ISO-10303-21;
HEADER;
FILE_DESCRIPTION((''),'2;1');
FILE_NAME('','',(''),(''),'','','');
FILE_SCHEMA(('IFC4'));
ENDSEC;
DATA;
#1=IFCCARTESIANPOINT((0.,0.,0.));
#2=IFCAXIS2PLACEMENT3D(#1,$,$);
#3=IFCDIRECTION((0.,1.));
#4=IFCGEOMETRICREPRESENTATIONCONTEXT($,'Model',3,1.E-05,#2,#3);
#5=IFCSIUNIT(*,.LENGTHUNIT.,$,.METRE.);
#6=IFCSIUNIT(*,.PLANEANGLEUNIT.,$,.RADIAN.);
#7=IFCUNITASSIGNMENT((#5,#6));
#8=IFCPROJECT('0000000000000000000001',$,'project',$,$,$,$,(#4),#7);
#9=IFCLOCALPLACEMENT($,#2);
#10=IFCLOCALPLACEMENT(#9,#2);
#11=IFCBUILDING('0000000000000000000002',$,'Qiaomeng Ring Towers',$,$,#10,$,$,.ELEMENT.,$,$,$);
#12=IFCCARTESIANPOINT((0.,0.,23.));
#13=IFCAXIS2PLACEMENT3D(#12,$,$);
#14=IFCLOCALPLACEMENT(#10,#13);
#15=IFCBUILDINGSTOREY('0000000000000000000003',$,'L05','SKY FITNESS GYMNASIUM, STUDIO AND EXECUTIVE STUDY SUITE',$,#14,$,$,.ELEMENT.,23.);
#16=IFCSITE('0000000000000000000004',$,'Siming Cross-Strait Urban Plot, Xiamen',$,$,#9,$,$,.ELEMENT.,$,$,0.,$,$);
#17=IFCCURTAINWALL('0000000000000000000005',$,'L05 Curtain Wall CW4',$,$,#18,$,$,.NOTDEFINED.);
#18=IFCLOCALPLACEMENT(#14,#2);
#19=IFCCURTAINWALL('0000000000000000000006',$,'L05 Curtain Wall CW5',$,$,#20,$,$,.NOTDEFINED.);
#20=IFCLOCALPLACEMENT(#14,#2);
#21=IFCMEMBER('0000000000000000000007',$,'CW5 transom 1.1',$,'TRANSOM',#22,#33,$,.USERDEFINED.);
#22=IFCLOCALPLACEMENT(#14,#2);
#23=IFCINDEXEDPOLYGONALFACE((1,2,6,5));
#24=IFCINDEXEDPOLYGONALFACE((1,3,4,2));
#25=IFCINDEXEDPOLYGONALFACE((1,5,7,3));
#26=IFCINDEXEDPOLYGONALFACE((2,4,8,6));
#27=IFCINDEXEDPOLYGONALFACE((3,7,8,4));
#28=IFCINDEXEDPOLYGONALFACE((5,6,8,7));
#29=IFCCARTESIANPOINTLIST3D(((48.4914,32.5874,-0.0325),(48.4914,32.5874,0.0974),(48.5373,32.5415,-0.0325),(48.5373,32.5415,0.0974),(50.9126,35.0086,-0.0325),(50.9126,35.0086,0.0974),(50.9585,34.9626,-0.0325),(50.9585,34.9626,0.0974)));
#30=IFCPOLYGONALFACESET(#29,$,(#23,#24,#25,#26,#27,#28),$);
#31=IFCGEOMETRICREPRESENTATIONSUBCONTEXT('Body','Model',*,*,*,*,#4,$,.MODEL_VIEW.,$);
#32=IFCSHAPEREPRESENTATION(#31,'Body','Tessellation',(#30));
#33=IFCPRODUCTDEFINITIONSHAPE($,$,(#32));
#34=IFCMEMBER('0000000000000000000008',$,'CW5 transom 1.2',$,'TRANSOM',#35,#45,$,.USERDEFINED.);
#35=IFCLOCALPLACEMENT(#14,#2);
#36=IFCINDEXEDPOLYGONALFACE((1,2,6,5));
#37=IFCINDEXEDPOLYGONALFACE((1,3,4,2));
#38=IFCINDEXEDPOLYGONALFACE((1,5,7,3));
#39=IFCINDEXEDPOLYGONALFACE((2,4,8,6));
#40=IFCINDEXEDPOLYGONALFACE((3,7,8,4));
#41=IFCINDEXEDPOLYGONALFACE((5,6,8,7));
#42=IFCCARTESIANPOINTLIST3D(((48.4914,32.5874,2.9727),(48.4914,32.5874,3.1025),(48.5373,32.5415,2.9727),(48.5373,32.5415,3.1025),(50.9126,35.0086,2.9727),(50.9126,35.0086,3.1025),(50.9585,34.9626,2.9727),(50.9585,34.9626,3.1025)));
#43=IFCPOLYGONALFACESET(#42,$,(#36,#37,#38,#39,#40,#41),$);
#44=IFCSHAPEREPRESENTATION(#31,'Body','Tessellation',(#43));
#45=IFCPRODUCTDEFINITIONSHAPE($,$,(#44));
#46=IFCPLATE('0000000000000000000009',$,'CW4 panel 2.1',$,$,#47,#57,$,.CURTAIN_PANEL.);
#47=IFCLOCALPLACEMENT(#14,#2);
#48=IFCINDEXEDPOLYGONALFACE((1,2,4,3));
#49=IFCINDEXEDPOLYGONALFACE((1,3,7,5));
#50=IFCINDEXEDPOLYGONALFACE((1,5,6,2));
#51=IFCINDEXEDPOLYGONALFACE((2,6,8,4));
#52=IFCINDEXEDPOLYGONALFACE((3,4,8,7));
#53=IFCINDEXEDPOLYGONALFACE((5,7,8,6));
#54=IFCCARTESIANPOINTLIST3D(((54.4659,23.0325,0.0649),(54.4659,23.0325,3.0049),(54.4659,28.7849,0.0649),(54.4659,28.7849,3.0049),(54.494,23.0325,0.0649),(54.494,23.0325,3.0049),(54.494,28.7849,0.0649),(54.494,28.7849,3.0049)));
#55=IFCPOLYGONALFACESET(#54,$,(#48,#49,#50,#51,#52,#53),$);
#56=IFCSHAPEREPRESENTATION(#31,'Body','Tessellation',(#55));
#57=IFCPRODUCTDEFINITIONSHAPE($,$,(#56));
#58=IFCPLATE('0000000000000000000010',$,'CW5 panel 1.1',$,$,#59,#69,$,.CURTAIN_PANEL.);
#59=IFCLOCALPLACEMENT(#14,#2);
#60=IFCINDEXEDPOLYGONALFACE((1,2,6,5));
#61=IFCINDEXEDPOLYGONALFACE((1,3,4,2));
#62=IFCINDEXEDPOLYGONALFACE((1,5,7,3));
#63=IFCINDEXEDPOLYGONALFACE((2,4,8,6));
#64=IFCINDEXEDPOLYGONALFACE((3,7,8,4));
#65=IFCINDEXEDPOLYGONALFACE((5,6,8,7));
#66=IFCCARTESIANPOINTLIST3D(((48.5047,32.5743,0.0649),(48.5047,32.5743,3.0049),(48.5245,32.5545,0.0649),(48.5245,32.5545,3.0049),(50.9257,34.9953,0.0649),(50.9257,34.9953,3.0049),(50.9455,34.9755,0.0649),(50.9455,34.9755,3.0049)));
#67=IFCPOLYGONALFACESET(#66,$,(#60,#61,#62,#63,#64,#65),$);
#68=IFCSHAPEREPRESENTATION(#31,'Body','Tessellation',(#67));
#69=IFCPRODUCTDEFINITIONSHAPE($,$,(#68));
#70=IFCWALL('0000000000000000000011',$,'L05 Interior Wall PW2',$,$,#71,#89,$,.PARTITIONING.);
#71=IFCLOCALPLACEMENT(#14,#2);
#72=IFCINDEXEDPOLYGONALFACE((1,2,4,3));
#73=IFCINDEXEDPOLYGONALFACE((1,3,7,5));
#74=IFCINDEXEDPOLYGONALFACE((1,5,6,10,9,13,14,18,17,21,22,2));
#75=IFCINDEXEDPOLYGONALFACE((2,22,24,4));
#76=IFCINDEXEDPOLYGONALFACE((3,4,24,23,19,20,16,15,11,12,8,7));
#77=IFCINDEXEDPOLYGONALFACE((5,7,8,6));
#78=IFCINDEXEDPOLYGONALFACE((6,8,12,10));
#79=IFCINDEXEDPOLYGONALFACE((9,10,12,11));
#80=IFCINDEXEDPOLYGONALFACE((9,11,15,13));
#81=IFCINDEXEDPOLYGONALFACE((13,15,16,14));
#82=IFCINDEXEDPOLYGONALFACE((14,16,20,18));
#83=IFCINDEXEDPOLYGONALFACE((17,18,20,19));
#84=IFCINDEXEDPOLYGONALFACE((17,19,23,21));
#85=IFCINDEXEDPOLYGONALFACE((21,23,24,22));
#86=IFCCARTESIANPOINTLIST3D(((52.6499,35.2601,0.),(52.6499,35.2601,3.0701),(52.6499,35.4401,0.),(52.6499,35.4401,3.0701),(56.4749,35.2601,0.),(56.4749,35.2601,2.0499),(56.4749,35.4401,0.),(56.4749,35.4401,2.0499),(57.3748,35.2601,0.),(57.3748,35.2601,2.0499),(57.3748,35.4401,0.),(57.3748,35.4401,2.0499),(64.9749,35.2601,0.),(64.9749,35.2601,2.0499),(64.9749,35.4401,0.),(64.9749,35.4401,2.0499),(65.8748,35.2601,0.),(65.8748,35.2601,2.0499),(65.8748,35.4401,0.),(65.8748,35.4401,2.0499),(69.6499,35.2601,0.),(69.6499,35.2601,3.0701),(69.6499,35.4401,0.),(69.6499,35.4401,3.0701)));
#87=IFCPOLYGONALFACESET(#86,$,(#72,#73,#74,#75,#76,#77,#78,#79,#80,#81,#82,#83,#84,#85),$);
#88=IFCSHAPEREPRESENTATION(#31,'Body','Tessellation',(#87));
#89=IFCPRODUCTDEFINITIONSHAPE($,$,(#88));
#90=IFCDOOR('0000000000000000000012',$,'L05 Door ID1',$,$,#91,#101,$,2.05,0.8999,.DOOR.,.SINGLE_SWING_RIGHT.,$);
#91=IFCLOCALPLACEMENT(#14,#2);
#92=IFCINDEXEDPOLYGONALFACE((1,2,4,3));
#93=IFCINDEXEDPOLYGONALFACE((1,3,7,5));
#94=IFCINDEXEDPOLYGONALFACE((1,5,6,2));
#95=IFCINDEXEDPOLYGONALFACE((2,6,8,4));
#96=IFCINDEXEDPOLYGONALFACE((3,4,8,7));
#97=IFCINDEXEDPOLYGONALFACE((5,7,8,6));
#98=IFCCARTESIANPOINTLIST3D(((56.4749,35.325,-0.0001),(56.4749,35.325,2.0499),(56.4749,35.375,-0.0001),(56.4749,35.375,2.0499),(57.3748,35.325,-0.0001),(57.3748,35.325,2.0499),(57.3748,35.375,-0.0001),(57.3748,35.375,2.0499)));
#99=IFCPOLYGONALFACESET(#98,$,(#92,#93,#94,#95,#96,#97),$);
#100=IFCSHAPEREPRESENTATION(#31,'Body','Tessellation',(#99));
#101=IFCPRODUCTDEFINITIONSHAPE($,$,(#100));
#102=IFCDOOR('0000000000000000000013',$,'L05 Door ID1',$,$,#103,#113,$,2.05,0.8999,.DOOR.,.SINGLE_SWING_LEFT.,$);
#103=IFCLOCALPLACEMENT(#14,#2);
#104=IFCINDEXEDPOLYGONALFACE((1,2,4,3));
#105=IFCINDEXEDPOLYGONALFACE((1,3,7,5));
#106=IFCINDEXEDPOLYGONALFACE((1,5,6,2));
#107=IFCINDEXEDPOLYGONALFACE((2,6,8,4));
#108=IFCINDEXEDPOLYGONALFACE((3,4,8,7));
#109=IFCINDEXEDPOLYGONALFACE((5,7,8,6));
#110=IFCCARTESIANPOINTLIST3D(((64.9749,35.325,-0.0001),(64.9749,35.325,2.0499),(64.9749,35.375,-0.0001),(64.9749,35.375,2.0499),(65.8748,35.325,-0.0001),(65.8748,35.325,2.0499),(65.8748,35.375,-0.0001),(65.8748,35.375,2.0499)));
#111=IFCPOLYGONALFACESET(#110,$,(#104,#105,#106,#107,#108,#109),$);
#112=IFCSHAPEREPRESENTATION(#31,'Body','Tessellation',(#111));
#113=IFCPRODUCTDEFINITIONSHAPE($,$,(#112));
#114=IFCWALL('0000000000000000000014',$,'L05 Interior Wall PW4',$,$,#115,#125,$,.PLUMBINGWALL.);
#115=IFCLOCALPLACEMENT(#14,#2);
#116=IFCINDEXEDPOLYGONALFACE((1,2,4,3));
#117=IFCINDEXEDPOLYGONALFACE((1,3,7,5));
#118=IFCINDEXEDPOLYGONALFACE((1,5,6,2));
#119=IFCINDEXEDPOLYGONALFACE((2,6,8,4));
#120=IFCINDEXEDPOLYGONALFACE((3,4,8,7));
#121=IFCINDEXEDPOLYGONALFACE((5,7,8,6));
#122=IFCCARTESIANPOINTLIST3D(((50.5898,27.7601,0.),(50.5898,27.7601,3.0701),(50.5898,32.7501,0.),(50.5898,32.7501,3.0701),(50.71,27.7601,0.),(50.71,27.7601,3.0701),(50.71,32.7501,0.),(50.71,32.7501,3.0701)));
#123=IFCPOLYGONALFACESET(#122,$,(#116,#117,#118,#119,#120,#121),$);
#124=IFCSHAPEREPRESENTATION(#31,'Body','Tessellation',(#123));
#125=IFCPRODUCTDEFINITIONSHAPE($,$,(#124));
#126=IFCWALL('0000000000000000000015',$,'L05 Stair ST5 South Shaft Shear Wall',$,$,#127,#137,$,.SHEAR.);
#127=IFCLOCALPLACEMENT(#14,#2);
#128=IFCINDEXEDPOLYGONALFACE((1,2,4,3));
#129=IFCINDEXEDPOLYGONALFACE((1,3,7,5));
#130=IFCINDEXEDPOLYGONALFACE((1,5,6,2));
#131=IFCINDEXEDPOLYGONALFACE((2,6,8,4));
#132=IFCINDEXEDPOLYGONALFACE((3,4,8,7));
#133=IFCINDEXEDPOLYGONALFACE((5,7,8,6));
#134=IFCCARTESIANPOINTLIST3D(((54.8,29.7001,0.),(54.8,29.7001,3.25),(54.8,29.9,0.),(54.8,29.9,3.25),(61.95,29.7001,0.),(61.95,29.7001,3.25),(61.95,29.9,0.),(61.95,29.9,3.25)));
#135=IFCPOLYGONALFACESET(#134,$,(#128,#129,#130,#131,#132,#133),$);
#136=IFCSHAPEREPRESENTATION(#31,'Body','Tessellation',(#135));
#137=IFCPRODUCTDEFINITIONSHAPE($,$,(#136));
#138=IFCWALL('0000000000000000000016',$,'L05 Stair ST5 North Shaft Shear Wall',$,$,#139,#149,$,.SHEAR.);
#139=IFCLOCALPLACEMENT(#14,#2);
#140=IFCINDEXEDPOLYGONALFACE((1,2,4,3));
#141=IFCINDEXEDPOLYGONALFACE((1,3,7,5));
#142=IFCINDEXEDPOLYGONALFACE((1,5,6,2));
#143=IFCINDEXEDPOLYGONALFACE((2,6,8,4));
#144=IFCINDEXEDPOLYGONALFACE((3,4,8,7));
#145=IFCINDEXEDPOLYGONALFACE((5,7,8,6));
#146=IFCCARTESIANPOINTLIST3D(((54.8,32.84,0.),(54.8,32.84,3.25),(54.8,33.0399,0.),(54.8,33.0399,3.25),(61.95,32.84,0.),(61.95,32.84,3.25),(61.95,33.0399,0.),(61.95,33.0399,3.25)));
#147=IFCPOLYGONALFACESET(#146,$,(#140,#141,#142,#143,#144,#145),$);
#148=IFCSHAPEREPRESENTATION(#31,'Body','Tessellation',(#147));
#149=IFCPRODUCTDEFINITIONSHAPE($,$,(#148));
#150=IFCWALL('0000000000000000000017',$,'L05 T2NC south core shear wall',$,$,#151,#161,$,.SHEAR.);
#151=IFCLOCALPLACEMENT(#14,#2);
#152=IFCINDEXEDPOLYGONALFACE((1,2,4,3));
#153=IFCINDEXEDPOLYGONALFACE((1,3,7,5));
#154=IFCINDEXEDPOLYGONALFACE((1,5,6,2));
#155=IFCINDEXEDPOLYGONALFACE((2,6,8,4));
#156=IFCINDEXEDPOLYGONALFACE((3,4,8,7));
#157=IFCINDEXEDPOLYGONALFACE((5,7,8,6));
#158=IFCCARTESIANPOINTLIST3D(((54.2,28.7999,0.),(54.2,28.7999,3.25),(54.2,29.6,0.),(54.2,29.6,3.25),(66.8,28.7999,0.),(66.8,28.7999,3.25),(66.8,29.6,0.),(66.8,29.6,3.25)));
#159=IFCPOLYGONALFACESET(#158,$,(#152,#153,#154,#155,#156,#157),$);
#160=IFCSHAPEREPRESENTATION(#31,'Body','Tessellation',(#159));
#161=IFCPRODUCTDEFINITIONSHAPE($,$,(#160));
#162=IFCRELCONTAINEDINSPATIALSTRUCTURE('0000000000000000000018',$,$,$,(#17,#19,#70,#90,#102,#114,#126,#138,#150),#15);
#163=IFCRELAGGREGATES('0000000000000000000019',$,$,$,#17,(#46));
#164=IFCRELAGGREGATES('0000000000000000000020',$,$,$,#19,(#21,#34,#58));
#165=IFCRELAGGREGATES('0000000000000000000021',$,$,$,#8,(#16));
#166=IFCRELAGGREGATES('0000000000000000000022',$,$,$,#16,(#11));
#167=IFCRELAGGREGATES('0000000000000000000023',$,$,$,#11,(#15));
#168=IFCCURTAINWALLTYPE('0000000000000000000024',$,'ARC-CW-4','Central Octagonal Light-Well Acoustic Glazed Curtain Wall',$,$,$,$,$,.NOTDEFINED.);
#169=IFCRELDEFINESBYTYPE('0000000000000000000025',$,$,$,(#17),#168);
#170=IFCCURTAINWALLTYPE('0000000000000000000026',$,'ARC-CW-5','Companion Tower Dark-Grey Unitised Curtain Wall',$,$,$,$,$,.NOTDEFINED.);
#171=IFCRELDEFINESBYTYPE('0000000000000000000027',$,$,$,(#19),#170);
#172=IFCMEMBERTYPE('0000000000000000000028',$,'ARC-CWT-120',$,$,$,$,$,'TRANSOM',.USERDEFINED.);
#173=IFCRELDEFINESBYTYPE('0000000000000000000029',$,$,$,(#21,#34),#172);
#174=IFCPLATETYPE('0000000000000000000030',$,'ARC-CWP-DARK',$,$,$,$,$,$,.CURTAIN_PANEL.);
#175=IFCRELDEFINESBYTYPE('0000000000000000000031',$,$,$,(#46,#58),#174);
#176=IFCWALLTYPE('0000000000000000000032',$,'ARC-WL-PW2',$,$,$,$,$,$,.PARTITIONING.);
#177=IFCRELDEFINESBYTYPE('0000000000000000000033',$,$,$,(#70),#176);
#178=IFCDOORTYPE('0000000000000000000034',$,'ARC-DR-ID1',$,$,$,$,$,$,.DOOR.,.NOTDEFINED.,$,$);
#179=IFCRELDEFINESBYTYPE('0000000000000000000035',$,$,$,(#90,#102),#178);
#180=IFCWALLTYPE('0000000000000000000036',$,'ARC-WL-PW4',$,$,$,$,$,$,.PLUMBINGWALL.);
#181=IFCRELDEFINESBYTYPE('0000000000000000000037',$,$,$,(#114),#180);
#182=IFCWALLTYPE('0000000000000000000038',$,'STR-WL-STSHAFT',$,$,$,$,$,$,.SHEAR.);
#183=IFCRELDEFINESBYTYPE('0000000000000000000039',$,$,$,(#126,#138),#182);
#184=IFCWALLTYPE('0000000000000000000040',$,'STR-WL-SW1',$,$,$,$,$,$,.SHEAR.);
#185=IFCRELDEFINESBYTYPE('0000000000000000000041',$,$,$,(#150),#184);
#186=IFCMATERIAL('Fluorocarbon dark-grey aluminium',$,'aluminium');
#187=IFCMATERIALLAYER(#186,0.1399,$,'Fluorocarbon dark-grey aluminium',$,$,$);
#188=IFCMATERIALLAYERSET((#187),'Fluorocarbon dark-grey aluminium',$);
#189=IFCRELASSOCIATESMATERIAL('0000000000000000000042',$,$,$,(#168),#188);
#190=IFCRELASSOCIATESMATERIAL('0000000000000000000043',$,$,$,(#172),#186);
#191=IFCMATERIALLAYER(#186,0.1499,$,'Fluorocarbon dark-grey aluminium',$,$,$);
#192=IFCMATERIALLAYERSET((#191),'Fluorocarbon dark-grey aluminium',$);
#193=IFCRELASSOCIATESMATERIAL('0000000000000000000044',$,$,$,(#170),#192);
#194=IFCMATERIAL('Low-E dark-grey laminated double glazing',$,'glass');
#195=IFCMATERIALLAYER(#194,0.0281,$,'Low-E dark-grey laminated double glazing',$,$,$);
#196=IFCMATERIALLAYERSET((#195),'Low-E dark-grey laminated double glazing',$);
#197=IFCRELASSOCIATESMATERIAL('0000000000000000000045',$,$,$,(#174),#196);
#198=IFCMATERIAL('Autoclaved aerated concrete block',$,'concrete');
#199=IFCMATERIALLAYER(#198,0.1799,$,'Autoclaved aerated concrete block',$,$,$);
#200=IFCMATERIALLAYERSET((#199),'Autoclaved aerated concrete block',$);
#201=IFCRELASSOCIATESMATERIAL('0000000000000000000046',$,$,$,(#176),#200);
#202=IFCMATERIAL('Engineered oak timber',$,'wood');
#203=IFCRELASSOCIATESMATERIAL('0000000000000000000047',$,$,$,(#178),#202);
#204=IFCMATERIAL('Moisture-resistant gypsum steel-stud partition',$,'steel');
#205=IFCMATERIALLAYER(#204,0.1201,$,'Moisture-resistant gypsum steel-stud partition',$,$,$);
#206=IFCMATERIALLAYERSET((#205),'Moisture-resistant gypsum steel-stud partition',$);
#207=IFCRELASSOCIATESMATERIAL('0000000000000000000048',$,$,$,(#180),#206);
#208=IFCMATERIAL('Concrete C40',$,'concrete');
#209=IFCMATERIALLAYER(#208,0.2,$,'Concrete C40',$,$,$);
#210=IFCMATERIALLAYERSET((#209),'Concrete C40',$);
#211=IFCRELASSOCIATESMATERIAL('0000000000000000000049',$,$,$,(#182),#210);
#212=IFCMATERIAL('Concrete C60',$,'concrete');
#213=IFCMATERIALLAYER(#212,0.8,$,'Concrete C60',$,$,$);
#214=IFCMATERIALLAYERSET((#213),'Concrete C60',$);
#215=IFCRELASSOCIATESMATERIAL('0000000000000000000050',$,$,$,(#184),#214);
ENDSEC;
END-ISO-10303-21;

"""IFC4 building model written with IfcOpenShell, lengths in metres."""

from ifc_helpers import new_model, si_unit, direction, frame, frame_2d, origin, origin_2d, place, context, subcontext, project, spatial, rectangle, extrude, source, transform, mapped, material, layer, layer_set, material_profile, profile_set, type_object, element, fill, aggregate, save


model = new_model("IFC4")

# Units and contexts
model_context = context("Model", 3, precision=1e-05, world=origin(), true_north=direction((0.0, 1.0)))
body_context = subcontext(model_context, "Body", "Model", "MODEL_VIEW")
ifc_project = project(units=[si_unit("LENGTHUNIT", "METRE"), si_unit("PLANEANGLEUNIT", "RADIAN")], contexts=[model_context])

# Site, building, storey
site_placement = place(None, origin())
site = spatial("IfcSite", under=ifc_project, at=site_placement, Name="Siming Cross-Strait Urban Plot, Xiamen", CompositionType="ELEMENT", RefElevation=0.0)
building_placement = place(site_placement, origin())
building = spatial("IfcBuilding", under=site, at=building_placement, Name="Qiaomeng Ring Towers", CompositionType="ELEMENT")
storey_placement = place(building_placement, frame((0.0, 0.0, 23.0)))
storey = spatial("IfcBuildingStorey", under=building, at=storey_placement, Name="L05", Description="SKY FITNESS GYMNASIUM, STUDIO AND EXECUTIVE STUDY SUITE", CompositionType="ELEMENT", Elevation=23.0)

# Shared definitions
ifc_material_1 = material(Name="Concrete C60", Category="concrete")

# Curtain wall
ifc_material_2 = material(Name="Fluorocarbon dark-grey aluminium", Category="aluminium")
ifc_layer_1 = layer(ifc_material_2, 0.1399, Name="Fluorocarbon dark-grey aluminium")
ifc_layer_set_1 = layer_set([ifc_layer_1], Name="Fluorocarbon dark-grey aluminium")
curtain_wall_type_1 = type_object("IfcCurtainWallType", Name="ARC-CW-4", Description="Central Octagonal Light-Well Acoustic Glazed Curtain Wall", PredefinedType="NOTDEFINED", material=ifc_layer_set_1)
curtain_wall_1_placement = place(storey_placement, origin())
curtain_wall_1 = element("IfcCurtainWall", 1, at=curtain_wall_1_placement, inside=storey, type_object=curtain_wall_type_1, Name="L05 Curtain Wall CW4", PredefinedType="NOTDEFINED")
ifc_material_profile_1 = material_profile(ifc_material_2, rectangle(XDim=0.0649, YDim=0.1299, at=origin_2d()), Name="ALU TRAN 65x130")
ifc_profile_set_1 = profile_set([ifc_material_profile_1], Name="Fluorocarbon dark-grey aluminium")
member_type_1 = type_object("IfcMemberType", Name="ARC-CWT-120", ElementType="TRANSOM", PredefinedType="USERDEFINED", material=ifc_profile_set_1)

# Shared definitions
ifc_layer_2 = layer(ifc_material_2, 0.1499, Name="Fluorocarbon dark-grey aluminium")
ifc_layer_set_2 = layer_set([ifc_layer_2], Name="Fluorocarbon dark-grey aluminium")
curtain_wall_type_2 = type_object("IfcCurtainWallType", Name="ARC-CW-5", Description="Companion Tower Dark-Grey Unitised Curtain Wall", PredefinedType="NOTDEFINED", material=ifc_layer_set_2)

# Curtain wall
curtain_wall_2_placement = place(storey_placement, origin())
curtain_wall_2 = element("IfcCurtainWall", 2, at=curtain_wall_2_placement, inside=storey, type_object=curtain_wall_type_2, Name="L05 Curtain Wall CW5", PredefinedType="NOTDEFINED")

# Members
shared_shape_1 = source(origin(), body_context, "Body", "SweptSolid", [
    extrude(rectangle(XDim=0.0649, YDim=0.1299, at=origin_2d()), origin(), (0.0, 0.0, 1.0), 3.4241),
])
member_1_placement = place(storey_placement, frame((50.9355, 34.9856, 0.0325), z_axis=(-0.707107, -0.707107, 0.0), x_axis=(0.707107, -0.707107, 0.0)))
member_1 = element("IfcMember", 3, at=member_1_placement, type_object=member_type_1, Name="CW5 transom 1.1", ObjectType="TRANSOM", PredefinedType="USERDEFINED", context=body_context, shape_type="MappedRepresentation", body=[
    mapped(shared_shape_1, transform((0.0, 0.0, 0.0), x_axis=(1.0, 0.0, 0.0), y_axis=(0.0, 1.0, 0.0), z_axis=(0.0, 0.0, 1.0), scale=1.0)),
])
member_2_placement = place(storey_placement, frame((50.9355, 34.9856, 3.0376), z_axis=(-0.707107, -0.707107, 0.0), x_axis=(0.707107, -0.707107, 0.0)))
member_2 = element("IfcMember", 4, at=member_2_placement, type_object=member_type_1, Name="CW5 transom 1.2", ObjectType="TRANSOM", PredefinedType="USERDEFINED", context=body_context, shape_type="MappedRepresentation", body=[
    mapped(shared_shape_1, transform((0.0, 0.0, 0.0), x_axis=(1.0, 0.0, 0.0), y_axis=(0.0, 1.0, 0.0), z_axis=(0.0, 0.0, 1.0), scale=1.0)),
])

# Plates
ifc_material_3 = material(Name="Low-E dark-grey laminated double glazing", Category="glass")
ifc_layer_3 = layer(ifc_material_3, 0.0281, Name="Low-E dark-grey laminated double glazing")
ifc_layer_set_3 = layer_set([ifc_layer_3], Name="Low-E dark-grey laminated double glazing")
plate_type = type_object("IfcPlateType", Name="ARC-CWP-DARK", PredefinedType="CURTAIN_PANEL", material=ifc_layer_set_3)
shared_shape_2 = source(origin(), body_context, "Body", "SweptSolid", [
    extrude(rectangle(XDim=5.7524, YDim=0.0281, at=origin_2d()), origin(), (0.0, 0.0, 1.0), 2.9399),
])
plate_1_placement = place(storey_placement, frame((54.48, 25.9087, 0.0649), z_axis=(0.0, 0.0, 1.0), x_axis=(0.0, 1.0, 0.0)))
plate_1 = element("IfcPlate", 5, at=plate_1_placement, type_object=plate_type, Name="CW4 panel 2.1", PredefinedType="CURTAIN_PANEL", context=body_context, shape_type="MappedRepresentation", body=[
    mapped(shared_shape_2, transform((0.0, 0.0, 0.0), x_axis=(1.0, 0.0, 0.0), y_axis=(0.0, 1.0, 0.0), z_axis=(0.0, 0.0, 1.0), scale=1.0)),
])
aggregate(curtain_wall_1, [plate_1])
shared_shape_3 = source(origin(), body_context, "Body", "SweptSolid", [
    extrude(rectangle(XDim=3.4238, YDim=0.0281, at=origin_2d()), origin(), (0.0, 0.0, 1.0), 2.9399),
])
plate_2_placement = place(storey_placement, frame((49.7251, 33.7749, 0.0649), z_axis=(0.0, 0.0, 1.0), x_axis=(-0.707107, -0.707107, 0.0)))
plate_2 = element("IfcPlate", 6, at=plate_2_placement, type_object=plate_type, Name="CW5 panel 1.1", PredefinedType="CURTAIN_PANEL", context=body_context, shape_type="MappedRepresentation", body=[
    mapped(shared_shape_3, transform((0.0, 0.0, 0.0), x_axis=(1.0, 0.0, 0.0), y_axis=(0.0, 1.0, 0.0), z_axis=(0.0, 0.0, 1.0), scale=1.0)),
])
aggregate(curtain_wall_2, [member_1, member_2, plate_2])

# Wall, openings, doors
ifc_material_4 = material(Name="Autoclaved aerated concrete block", Category="concrete")
ifc_layer_4 = layer(ifc_material_4, 0.1799, Name="Autoclaved aerated concrete block")
ifc_layer_set_4 = layer_set([ifc_layer_4], Name="Autoclaved aerated concrete block")
wall_type_1 = type_object("IfcWallType", Name="ARC-WL-PW2", PredefinedType="PARTITIONING", material=ifc_layer_set_4)
wall_1_placement = place(storey_placement, frame((52.6499, 35.3501, 0.0), z_axis=(0.0, 0.0, 1.0), x_axis=(1.0, 0.0, 0.0)))
wall_1 = element("IfcWall", 7, at=wall_1_placement, inside=storey, type_object=wall_type_1, Name="L05 Interior Wall PW2", PredefinedType="PARTITIONING", context=body_context, shape_type="SweptSolid", body=[
    extrude(rectangle(XDim=17.0, YDim=0.1799, at=frame_2d((8.5, 0.0))), origin(), (0.0, 0.0, 1.0), 3.0701),
])
opening_1_placement = place(wall_1_placement, frame((3.825, 0.0, 0.0)))
opening_1 = element("IfcOpeningElement", 8, at=opening_1_placement, cuts=wall_1, PredefinedType="OPENING", context=body_context, shape_type="SweptSolid", body=[
    extrude(rectangle(XDim=0.8999, YDim=2.05, at=frame_2d((0.45, 1.0249))), frame((0.0, 0.0999, 0.0), z_axis=(0.0, -1.0, 0.0), x_axis=(1.0, 0.0, 0.0)), (0.0, 0.0, 1.0), 0.2),
])
opening_2_placement = place(wall_1_placement, frame((12.325, 0.0, 0.0)))
opening_2 = element("IfcOpeningElement", 9, at=opening_2_placement, cuts=wall_1, PredefinedType="OPENING", context=body_context, shape_type="SweptSolid", body=[
    extrude(rectangle(XDim=0.8999, YDim=2.05, at=frame_2d((0.45, 1.0249))), frame((0.0, 0.0999, 0.0), z_axis=(0.0, -1.0, 0.0), x_axis=(1.0, 0.0, 0.0)), (0.0, 0.0, 1.0), 0.2),
])
ifc_material_5 = material(Name="Engineered oak timber", Category="wood")
door_type_1 = type_object("IfcDoorType", Name="ARC-DR-ID1", OperationType="NOTDEFINED", PredefinedType="DOOR", material=ifc_material_5)
shared_shape_4 = source(origin(), body_context, "Body", "SweptSolid", [
    extrude(rectangle(XDim=0.8999, YDim=2.05, at=frame_2d((0.45, 1.0249))), frame((0.0, 0.0249, 0.0), z_axis=(0.0, -1.0, 0.0), x_axis=(1.0, 0.0, 0.0)), (0.0, 0.0, 1.0), 0.05),
])
door_1_placement = place(opening_1_placement, origin())
door_1 = element("IfcDoor", 10, at=door_1_placement, inside=storey, type_object=door_type_1, Name="L05 Door ID1", OperationType="SINGLE_SWING_RIGHT", OverallHeight=2.05, OverallWidth=0.8999, PredefinedType="DOOR", context=body_context, shape_type="MappedRepresentation", body=[
    mapped(shared_shape_4, transform((0.0, 0.0, 0.0), x_axis=(1.0, 0.0, 0.0), y_axis=(0.0, 1.0, 0.0), z_axis=(0.0, 0.0, 1.0), scale=1.0)),
])
fill(opening_1, door_1)
door_2_placement = place(opening_2_placement, origin())
door_2 = element("IfcDoor", 11, at=door_2_placement, inside=storey, type_object=door_type_1, Name="L05 Door ID1", OperationType="SINGLE_SWING_LEFT", OverallHeight=2.05, OverallWidth=0.8999, PredefinedType="DOOR", context=body_context, shape_type="MappedRepresentation", body=[
    mapped(shared_shape_4, transform((0.0, 0.0, 0.0), x_axis=(1.0, 0.0, 0.0), y_axis=(0.0, 1.0, 0.0), z_axis=(0.0, 0.0, 1.0), scale=1.0)),
])
fill(opening_2, door_2)

# Walls
ifc_material_6 = material(Name="Moisture-resistant gypsum steel-stud partition", Category="steel")
ifc_layer_5 = layer(ifc_material_6, 0.1201, Name="Moisture-resistant gypsum steel-stud partition")
ifc_layer_set_5 = layer_set([ifc_layer_5], Name="Moisture-resistant gypsum steel-stud partition")
wall_type_2 = type_object("IfcWallType", Name="ARC-WL-PW4", PredefinedType="PLUMBINGWALL", material=ifc_layer_set_5)
wall_2_placement = place(storey_placement, frame((50.6499, 27.76, 0.0), z_axis=(0.0, 0.0, 1.0), x_axis=(0.0, 1.0, 0.0)))
element("IfcWall", 12, at=wall_2_placement, inside=storey, type_object=wall_type_2, Name="L05 Interior Wall PW4", PredefinedType="PLUMBINGWALL", context=body_context, shape_type="SweptSolid", body=[
    extrude(rectangle(XDim=4.99, YDim=0.1201, at=frame_2d((2.4951, 0.0))), origin(), (0.0, 0.0, 1.0), 3.0701),
])
ifc_material_7 = material(Name="Concrete C40", Category="concrete")
ifc_layer_6 = layer(ifc_material_7, 0.2, Name="Concrete C40")
ifc_layer_set_6 = layer_set([ifc_layer_6], Name="Concrete C40")
wall_type_3 = type_object("IfcWallType", Name="STR-WL-STSHAFT", PredefinedType="SHEAR", material=ifc_layer_set_6)
for number, where, z_axis, x_axis, name in (
    (13, (54.8, 29.8, 0.0), (0.0, 0.0, 1.0), (1.0, 0.0, 0.0), "L05 Stair ST5 South Shaft Shear Wall"),
    (14, (54.8, 32.9399, 0.0), (0.0, 0.0, 1.0), (1.0, 0.0, 0.0), "L05 Stair ST5 North Shaft Shear Wall"),
):
    element("IfcWall", number, at=place(storey_placement, frame(where, z_axis=z_axis, x_axis=x_axis)), inside=storey, type_object=wall_type_3, Name=name, PredefinedType="SHEAR", context=body_context, shape_type="SweptSolid", body=[
        extrude(rectangle(XDim=7.1499, YDim=0.2, at=frame_2d((3.575, 0.0))), origin(), (0.0, 0.0, 1.0), 3.25),
    ])
ifc_layer_7 = layer(ifc_material_1, 0.8, Name="Concrete C60")
ifc_layer_set_7 = layer_set([ifc_layer_7], Name="Concrete C60")
wall_type_4 = type_object("IfcWallType", Name="STR-WL-SW1", PredefinedType="SHEAR", material=ifc_layer_set_7)
wall_3_placement = place(storey_placement, frame((54.2, 29.2, 0.0), z_axis=(0.0, 0.0, 1.0), x_axis=(1.0, 0.0, 0.0)))
element("IfcWall", 15, at=wall_3_placement, inside=storey, type_object=wall_type_4, Name="L05 T2NC south core shear wall", PredefinedType="SHEAR", context=body_context, shape_type="SweptSolid", body=[
    extrude(rectangle(XDim=12.6001, YDim=0.8, at=frame_2d((6.3, 0.0))), origin(), (0.0, 0.0, 1.0), 3.25),
])

save(model, "model.ifc")
